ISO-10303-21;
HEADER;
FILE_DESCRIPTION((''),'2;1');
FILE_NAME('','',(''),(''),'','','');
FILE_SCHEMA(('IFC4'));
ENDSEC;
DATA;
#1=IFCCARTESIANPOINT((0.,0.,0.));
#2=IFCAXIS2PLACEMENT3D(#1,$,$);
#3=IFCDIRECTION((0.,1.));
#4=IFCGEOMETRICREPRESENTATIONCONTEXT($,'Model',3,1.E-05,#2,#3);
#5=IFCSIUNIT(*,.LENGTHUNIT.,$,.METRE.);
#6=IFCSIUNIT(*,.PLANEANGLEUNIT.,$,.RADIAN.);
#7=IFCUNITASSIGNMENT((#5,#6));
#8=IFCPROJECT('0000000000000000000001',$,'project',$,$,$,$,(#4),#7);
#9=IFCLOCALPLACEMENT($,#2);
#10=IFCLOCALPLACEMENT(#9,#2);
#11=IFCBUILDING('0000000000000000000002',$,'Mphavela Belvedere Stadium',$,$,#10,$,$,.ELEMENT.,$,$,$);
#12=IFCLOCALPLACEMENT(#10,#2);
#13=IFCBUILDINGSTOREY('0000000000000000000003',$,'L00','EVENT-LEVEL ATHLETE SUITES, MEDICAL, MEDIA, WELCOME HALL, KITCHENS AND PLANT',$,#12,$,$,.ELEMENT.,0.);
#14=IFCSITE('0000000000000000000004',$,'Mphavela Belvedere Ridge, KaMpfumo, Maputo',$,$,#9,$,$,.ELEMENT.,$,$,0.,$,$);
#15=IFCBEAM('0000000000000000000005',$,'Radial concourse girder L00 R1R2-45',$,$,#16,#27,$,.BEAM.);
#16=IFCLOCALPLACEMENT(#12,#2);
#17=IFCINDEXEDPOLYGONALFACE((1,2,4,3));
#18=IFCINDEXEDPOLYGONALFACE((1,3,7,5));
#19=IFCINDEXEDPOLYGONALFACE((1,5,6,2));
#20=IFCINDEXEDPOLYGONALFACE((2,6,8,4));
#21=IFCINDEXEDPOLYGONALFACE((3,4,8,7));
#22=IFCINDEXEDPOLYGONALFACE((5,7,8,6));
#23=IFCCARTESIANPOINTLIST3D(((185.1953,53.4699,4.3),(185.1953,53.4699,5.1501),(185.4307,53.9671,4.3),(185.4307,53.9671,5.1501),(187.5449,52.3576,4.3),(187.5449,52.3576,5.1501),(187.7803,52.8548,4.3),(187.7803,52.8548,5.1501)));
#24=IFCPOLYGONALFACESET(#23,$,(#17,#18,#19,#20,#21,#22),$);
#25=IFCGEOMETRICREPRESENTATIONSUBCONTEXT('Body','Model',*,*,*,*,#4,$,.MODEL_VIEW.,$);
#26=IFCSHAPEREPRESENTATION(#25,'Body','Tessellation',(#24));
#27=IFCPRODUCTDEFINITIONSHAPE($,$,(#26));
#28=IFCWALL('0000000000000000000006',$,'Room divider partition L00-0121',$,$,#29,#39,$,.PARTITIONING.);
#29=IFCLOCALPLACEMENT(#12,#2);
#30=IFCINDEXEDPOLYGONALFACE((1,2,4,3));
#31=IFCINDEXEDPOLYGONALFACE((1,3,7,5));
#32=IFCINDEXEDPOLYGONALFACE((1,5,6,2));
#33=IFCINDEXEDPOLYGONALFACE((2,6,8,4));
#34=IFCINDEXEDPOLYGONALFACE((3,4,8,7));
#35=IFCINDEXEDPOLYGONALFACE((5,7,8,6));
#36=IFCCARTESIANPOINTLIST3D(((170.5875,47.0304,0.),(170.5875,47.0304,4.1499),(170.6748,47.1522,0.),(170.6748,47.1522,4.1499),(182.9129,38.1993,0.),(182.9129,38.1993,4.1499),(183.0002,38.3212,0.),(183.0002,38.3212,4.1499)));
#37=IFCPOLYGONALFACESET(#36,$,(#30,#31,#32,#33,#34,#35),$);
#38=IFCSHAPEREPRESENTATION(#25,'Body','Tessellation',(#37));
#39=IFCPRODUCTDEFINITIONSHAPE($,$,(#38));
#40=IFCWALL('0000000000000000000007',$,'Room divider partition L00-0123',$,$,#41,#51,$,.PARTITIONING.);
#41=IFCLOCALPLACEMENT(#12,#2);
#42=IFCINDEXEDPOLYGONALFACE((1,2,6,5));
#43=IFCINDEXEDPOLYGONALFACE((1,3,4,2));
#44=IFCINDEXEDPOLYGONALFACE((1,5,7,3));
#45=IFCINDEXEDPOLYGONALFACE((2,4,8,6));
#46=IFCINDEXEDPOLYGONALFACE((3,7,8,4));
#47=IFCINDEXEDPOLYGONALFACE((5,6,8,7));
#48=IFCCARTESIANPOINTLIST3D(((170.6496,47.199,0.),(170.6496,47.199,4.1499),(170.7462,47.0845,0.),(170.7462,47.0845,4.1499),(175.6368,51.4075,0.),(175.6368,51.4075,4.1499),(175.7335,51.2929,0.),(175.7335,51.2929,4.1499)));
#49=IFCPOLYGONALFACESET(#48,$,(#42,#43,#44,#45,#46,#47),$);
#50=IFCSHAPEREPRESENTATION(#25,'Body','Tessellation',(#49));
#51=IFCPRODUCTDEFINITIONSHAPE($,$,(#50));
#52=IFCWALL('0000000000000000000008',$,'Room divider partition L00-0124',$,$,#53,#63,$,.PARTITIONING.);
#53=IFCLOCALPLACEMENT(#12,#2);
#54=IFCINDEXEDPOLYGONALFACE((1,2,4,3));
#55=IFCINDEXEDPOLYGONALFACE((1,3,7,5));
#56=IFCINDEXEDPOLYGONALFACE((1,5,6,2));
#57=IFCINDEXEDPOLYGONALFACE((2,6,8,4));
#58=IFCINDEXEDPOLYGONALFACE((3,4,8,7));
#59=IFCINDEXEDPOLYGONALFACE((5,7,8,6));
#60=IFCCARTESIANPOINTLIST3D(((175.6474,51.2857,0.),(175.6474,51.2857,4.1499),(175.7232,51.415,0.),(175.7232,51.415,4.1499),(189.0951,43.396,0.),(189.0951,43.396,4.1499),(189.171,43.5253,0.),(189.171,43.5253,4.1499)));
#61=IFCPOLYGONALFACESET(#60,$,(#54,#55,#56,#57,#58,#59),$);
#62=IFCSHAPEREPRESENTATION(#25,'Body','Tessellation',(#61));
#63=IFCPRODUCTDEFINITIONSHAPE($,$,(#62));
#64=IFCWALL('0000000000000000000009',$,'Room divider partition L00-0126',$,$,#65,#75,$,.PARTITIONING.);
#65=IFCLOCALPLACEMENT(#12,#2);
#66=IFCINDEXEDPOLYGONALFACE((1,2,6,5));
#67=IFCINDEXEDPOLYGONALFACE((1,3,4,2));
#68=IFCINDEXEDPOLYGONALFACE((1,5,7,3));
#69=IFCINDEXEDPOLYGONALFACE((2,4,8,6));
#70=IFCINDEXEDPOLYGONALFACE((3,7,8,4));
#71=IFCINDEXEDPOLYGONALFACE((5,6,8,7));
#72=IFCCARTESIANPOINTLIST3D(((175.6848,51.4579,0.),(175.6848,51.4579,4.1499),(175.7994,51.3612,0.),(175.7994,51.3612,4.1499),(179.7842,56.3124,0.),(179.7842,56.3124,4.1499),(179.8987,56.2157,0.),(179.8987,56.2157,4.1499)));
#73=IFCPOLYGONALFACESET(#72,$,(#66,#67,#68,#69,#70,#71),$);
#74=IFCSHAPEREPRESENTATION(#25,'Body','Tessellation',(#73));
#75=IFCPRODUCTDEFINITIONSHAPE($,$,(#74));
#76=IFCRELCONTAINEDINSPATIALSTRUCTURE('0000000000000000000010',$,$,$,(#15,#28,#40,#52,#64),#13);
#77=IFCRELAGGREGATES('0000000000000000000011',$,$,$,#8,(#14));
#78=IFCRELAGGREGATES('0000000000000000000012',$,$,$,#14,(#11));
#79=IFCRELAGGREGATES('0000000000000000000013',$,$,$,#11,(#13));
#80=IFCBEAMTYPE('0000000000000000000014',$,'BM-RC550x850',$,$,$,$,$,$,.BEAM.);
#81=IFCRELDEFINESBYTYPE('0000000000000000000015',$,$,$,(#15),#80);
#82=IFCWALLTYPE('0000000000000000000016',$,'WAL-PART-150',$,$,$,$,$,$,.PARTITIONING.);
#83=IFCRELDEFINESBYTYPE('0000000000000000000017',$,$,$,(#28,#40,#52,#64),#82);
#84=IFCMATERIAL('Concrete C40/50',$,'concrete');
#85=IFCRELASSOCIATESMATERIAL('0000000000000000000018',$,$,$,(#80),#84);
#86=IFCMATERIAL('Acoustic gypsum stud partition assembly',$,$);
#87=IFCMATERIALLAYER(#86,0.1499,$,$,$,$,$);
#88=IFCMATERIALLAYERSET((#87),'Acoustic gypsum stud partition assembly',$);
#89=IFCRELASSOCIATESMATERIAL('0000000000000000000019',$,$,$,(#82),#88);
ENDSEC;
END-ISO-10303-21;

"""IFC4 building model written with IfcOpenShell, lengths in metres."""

from ifc_helpers import new_model, si_unit, direction, frame, frame_2d, origin, origin_2d, place, context, subcontext, project, spatial, rectangle, extrude, material, layer, layer_set, material_profile, profile_set, type_object, element, save


model = new_model("IFC4")

# Units and contexts
model_context = context("Model", 3, precision=1e-05, world=origin(), true_north=direction((0.0, 1.0)))
body_context = subcontext(model_context, "Body", "Model", "MODEL_VIEW")
ifc_project = project(units=[si_unit("LENGTHUNIT", "METRE"), si_unit("PLANEANGLEUNIT", "RADIAN")], contexts=[model_context])

# Site, building, storey
site_placement = place(None, origin())
site = spatial("IfcSite", under=ifc_project, at=site_placement, Name="Mphavela Belvedere Ridge, KaMpfumo, Maputo", CompositionType="ELEMENT", RefElevation=0.0)
building_placement = place(site_placement, origin())
building = spatial("IfcBuilding", under=site, at=building_placement, Name="Mphavela Belvedere Stadium", CompositionType="ELEMENT")
storey_placement = place(building_placement, origin())
storey = spatial("IfcBuildingStorey", under=building, at=storey_placement, Name="L00", Description="EVENT-LEVEL ATHLETE SUITES, MEDICAL, MEDIA, WELCOME HALL, KITCHENS AND PLANT", CompositionType="ELEMENT", Elevation=0.0)

# Beam
ifc_material_1 = material(Name="Concrete C40/50", Category="concrete")
ifc_material_profile_1 = material_profile(ifc_material_1, rectangle(XDim=0.55, YDim=0.8501, at=origin_2d()), Name="RC 550x850")
ifc_profile_set_1 = profile_set([ifc_material_profile_1], Name="Concrete C40/50")
beam_type_1 = type_object("IfcBeamType", Name="BM-RC550x850", PredefinedType="BEAM", material=ifc_profile_set_1)
beam_1_placement = place(storey_placement, frame((185.313, 53.7185, 4.7251), z_axis=(0.903837, -0.427876, 0.0), x_axis=(0.427876, 0.903837, 0.0)))
element("IfcBeam", 1, at=beam_1_placement, inside=storey, type_object=beam_type_1, Name="Radial concourse girder L00 R1R2-45", PredefinedType="BEAM", context=body_context, shape_type="SweptSolid", body=[
    extrude(rectangle(XDim=0.55, YDim=0.8501, at=origin_2d()), origin(), (0.0, 0.0, 1.0), 2.5996),
])

# Walls
ifc_material_2 = material(Name="Acoustic gypsum stud partition assembly")
ifc_layer = layer(ifc_material_2, 0.1499)
ifc_layer_set = layer_set([ifc_layer], Name="Acoustic gypsum stud partition assembly")
wall_type = type_object("IfcWallType", Name="WAL-PART-150", PredefinedType="PARTITIONING", material=ifc_layer_set)
wall_1_placement = place(storey_placement, frame((170.6311, 47.0913, 0.0), z_axis=(0.0, 0.0, 1.0), x_axis=(0.812885, -0.582424, 0.0)))
element("IfcWall", 2, at=wall_1_placement, inside=storey, type_object=wall_type, Name="Room divider partition L00-0121", PredefinedType="PARTITIONING", context=body_context, shape_type="SweptSolid", body=[
    extrude(rectangle(XDim=15.1626, YDim=0.1499, at=frame_2d((7.5813, 0.0))), origin(), (0.0, 0.0, 1.0), 4.1499),
])
wall_2_placement = place(storey_placement, frame((170.698, 47.1418, 0.0), z_axis=(0.0, 0.0, 1.0), x_axis=(0.764257, 0.644912, 0.0)))
element("IfcWall", 3, at=wall_2_placement, inside=storey, type_object=wall_type, Name="Room divider partition L00-0123", PredefinedType="PARTITIONING", context=body_context, shape_type="SweptSolid", body=[
    extrude(rectangle(XDim=6.5256, YDim=0.1499, at=frame_2d((3.2627, 0.0))), origin(), (0.0, 0.0, 1.0), 4.1499),
])
wall_3_placement = place(storey_placement, frame((175.6853, 51.3503, 0.0), z_axis=(0.0, 0.0, 1.0), x_axis=(0.862517, -0.506029, 0.0)))
element("IfcWall", 4, at=wall_3_placement, inside=storey, type_object=wall_type, Name="Room divider partition L00-0124", PredefinedType="PARTITIONING", context=body_context, shape_type="SweptSolid", body=[
    extrude(rectangle(XDim=15.5913, YDim=0.1499, at=frame_2d((7.7957, 0.0))), origin(), (0.0, 0.0, 1.0), 4.1499),
])
wall_4_placement = place(storey_placement, frame((175.7422, 51.4097, 0.0), z_axis=(0.0, 0.0, 1.0), x_axis=(0.645182, 0.764029, 0.0)))
element("IfcWall", 5, at=wall_4_placement, inside=storey, type_object=wall_type, Name="Room divider partition L00-0126", PredefinedType="PARTITIONING", context=body_context, shape_type="SweptSolid", body=[
    extrude(rectangle(XDim=6.3538, YDim=0.1499, at=frame_2d((3.1768, 0.0))), origin(), (0.0, 0.0, 1.0), 4.1499),
])

save(model, "model.ifc")
